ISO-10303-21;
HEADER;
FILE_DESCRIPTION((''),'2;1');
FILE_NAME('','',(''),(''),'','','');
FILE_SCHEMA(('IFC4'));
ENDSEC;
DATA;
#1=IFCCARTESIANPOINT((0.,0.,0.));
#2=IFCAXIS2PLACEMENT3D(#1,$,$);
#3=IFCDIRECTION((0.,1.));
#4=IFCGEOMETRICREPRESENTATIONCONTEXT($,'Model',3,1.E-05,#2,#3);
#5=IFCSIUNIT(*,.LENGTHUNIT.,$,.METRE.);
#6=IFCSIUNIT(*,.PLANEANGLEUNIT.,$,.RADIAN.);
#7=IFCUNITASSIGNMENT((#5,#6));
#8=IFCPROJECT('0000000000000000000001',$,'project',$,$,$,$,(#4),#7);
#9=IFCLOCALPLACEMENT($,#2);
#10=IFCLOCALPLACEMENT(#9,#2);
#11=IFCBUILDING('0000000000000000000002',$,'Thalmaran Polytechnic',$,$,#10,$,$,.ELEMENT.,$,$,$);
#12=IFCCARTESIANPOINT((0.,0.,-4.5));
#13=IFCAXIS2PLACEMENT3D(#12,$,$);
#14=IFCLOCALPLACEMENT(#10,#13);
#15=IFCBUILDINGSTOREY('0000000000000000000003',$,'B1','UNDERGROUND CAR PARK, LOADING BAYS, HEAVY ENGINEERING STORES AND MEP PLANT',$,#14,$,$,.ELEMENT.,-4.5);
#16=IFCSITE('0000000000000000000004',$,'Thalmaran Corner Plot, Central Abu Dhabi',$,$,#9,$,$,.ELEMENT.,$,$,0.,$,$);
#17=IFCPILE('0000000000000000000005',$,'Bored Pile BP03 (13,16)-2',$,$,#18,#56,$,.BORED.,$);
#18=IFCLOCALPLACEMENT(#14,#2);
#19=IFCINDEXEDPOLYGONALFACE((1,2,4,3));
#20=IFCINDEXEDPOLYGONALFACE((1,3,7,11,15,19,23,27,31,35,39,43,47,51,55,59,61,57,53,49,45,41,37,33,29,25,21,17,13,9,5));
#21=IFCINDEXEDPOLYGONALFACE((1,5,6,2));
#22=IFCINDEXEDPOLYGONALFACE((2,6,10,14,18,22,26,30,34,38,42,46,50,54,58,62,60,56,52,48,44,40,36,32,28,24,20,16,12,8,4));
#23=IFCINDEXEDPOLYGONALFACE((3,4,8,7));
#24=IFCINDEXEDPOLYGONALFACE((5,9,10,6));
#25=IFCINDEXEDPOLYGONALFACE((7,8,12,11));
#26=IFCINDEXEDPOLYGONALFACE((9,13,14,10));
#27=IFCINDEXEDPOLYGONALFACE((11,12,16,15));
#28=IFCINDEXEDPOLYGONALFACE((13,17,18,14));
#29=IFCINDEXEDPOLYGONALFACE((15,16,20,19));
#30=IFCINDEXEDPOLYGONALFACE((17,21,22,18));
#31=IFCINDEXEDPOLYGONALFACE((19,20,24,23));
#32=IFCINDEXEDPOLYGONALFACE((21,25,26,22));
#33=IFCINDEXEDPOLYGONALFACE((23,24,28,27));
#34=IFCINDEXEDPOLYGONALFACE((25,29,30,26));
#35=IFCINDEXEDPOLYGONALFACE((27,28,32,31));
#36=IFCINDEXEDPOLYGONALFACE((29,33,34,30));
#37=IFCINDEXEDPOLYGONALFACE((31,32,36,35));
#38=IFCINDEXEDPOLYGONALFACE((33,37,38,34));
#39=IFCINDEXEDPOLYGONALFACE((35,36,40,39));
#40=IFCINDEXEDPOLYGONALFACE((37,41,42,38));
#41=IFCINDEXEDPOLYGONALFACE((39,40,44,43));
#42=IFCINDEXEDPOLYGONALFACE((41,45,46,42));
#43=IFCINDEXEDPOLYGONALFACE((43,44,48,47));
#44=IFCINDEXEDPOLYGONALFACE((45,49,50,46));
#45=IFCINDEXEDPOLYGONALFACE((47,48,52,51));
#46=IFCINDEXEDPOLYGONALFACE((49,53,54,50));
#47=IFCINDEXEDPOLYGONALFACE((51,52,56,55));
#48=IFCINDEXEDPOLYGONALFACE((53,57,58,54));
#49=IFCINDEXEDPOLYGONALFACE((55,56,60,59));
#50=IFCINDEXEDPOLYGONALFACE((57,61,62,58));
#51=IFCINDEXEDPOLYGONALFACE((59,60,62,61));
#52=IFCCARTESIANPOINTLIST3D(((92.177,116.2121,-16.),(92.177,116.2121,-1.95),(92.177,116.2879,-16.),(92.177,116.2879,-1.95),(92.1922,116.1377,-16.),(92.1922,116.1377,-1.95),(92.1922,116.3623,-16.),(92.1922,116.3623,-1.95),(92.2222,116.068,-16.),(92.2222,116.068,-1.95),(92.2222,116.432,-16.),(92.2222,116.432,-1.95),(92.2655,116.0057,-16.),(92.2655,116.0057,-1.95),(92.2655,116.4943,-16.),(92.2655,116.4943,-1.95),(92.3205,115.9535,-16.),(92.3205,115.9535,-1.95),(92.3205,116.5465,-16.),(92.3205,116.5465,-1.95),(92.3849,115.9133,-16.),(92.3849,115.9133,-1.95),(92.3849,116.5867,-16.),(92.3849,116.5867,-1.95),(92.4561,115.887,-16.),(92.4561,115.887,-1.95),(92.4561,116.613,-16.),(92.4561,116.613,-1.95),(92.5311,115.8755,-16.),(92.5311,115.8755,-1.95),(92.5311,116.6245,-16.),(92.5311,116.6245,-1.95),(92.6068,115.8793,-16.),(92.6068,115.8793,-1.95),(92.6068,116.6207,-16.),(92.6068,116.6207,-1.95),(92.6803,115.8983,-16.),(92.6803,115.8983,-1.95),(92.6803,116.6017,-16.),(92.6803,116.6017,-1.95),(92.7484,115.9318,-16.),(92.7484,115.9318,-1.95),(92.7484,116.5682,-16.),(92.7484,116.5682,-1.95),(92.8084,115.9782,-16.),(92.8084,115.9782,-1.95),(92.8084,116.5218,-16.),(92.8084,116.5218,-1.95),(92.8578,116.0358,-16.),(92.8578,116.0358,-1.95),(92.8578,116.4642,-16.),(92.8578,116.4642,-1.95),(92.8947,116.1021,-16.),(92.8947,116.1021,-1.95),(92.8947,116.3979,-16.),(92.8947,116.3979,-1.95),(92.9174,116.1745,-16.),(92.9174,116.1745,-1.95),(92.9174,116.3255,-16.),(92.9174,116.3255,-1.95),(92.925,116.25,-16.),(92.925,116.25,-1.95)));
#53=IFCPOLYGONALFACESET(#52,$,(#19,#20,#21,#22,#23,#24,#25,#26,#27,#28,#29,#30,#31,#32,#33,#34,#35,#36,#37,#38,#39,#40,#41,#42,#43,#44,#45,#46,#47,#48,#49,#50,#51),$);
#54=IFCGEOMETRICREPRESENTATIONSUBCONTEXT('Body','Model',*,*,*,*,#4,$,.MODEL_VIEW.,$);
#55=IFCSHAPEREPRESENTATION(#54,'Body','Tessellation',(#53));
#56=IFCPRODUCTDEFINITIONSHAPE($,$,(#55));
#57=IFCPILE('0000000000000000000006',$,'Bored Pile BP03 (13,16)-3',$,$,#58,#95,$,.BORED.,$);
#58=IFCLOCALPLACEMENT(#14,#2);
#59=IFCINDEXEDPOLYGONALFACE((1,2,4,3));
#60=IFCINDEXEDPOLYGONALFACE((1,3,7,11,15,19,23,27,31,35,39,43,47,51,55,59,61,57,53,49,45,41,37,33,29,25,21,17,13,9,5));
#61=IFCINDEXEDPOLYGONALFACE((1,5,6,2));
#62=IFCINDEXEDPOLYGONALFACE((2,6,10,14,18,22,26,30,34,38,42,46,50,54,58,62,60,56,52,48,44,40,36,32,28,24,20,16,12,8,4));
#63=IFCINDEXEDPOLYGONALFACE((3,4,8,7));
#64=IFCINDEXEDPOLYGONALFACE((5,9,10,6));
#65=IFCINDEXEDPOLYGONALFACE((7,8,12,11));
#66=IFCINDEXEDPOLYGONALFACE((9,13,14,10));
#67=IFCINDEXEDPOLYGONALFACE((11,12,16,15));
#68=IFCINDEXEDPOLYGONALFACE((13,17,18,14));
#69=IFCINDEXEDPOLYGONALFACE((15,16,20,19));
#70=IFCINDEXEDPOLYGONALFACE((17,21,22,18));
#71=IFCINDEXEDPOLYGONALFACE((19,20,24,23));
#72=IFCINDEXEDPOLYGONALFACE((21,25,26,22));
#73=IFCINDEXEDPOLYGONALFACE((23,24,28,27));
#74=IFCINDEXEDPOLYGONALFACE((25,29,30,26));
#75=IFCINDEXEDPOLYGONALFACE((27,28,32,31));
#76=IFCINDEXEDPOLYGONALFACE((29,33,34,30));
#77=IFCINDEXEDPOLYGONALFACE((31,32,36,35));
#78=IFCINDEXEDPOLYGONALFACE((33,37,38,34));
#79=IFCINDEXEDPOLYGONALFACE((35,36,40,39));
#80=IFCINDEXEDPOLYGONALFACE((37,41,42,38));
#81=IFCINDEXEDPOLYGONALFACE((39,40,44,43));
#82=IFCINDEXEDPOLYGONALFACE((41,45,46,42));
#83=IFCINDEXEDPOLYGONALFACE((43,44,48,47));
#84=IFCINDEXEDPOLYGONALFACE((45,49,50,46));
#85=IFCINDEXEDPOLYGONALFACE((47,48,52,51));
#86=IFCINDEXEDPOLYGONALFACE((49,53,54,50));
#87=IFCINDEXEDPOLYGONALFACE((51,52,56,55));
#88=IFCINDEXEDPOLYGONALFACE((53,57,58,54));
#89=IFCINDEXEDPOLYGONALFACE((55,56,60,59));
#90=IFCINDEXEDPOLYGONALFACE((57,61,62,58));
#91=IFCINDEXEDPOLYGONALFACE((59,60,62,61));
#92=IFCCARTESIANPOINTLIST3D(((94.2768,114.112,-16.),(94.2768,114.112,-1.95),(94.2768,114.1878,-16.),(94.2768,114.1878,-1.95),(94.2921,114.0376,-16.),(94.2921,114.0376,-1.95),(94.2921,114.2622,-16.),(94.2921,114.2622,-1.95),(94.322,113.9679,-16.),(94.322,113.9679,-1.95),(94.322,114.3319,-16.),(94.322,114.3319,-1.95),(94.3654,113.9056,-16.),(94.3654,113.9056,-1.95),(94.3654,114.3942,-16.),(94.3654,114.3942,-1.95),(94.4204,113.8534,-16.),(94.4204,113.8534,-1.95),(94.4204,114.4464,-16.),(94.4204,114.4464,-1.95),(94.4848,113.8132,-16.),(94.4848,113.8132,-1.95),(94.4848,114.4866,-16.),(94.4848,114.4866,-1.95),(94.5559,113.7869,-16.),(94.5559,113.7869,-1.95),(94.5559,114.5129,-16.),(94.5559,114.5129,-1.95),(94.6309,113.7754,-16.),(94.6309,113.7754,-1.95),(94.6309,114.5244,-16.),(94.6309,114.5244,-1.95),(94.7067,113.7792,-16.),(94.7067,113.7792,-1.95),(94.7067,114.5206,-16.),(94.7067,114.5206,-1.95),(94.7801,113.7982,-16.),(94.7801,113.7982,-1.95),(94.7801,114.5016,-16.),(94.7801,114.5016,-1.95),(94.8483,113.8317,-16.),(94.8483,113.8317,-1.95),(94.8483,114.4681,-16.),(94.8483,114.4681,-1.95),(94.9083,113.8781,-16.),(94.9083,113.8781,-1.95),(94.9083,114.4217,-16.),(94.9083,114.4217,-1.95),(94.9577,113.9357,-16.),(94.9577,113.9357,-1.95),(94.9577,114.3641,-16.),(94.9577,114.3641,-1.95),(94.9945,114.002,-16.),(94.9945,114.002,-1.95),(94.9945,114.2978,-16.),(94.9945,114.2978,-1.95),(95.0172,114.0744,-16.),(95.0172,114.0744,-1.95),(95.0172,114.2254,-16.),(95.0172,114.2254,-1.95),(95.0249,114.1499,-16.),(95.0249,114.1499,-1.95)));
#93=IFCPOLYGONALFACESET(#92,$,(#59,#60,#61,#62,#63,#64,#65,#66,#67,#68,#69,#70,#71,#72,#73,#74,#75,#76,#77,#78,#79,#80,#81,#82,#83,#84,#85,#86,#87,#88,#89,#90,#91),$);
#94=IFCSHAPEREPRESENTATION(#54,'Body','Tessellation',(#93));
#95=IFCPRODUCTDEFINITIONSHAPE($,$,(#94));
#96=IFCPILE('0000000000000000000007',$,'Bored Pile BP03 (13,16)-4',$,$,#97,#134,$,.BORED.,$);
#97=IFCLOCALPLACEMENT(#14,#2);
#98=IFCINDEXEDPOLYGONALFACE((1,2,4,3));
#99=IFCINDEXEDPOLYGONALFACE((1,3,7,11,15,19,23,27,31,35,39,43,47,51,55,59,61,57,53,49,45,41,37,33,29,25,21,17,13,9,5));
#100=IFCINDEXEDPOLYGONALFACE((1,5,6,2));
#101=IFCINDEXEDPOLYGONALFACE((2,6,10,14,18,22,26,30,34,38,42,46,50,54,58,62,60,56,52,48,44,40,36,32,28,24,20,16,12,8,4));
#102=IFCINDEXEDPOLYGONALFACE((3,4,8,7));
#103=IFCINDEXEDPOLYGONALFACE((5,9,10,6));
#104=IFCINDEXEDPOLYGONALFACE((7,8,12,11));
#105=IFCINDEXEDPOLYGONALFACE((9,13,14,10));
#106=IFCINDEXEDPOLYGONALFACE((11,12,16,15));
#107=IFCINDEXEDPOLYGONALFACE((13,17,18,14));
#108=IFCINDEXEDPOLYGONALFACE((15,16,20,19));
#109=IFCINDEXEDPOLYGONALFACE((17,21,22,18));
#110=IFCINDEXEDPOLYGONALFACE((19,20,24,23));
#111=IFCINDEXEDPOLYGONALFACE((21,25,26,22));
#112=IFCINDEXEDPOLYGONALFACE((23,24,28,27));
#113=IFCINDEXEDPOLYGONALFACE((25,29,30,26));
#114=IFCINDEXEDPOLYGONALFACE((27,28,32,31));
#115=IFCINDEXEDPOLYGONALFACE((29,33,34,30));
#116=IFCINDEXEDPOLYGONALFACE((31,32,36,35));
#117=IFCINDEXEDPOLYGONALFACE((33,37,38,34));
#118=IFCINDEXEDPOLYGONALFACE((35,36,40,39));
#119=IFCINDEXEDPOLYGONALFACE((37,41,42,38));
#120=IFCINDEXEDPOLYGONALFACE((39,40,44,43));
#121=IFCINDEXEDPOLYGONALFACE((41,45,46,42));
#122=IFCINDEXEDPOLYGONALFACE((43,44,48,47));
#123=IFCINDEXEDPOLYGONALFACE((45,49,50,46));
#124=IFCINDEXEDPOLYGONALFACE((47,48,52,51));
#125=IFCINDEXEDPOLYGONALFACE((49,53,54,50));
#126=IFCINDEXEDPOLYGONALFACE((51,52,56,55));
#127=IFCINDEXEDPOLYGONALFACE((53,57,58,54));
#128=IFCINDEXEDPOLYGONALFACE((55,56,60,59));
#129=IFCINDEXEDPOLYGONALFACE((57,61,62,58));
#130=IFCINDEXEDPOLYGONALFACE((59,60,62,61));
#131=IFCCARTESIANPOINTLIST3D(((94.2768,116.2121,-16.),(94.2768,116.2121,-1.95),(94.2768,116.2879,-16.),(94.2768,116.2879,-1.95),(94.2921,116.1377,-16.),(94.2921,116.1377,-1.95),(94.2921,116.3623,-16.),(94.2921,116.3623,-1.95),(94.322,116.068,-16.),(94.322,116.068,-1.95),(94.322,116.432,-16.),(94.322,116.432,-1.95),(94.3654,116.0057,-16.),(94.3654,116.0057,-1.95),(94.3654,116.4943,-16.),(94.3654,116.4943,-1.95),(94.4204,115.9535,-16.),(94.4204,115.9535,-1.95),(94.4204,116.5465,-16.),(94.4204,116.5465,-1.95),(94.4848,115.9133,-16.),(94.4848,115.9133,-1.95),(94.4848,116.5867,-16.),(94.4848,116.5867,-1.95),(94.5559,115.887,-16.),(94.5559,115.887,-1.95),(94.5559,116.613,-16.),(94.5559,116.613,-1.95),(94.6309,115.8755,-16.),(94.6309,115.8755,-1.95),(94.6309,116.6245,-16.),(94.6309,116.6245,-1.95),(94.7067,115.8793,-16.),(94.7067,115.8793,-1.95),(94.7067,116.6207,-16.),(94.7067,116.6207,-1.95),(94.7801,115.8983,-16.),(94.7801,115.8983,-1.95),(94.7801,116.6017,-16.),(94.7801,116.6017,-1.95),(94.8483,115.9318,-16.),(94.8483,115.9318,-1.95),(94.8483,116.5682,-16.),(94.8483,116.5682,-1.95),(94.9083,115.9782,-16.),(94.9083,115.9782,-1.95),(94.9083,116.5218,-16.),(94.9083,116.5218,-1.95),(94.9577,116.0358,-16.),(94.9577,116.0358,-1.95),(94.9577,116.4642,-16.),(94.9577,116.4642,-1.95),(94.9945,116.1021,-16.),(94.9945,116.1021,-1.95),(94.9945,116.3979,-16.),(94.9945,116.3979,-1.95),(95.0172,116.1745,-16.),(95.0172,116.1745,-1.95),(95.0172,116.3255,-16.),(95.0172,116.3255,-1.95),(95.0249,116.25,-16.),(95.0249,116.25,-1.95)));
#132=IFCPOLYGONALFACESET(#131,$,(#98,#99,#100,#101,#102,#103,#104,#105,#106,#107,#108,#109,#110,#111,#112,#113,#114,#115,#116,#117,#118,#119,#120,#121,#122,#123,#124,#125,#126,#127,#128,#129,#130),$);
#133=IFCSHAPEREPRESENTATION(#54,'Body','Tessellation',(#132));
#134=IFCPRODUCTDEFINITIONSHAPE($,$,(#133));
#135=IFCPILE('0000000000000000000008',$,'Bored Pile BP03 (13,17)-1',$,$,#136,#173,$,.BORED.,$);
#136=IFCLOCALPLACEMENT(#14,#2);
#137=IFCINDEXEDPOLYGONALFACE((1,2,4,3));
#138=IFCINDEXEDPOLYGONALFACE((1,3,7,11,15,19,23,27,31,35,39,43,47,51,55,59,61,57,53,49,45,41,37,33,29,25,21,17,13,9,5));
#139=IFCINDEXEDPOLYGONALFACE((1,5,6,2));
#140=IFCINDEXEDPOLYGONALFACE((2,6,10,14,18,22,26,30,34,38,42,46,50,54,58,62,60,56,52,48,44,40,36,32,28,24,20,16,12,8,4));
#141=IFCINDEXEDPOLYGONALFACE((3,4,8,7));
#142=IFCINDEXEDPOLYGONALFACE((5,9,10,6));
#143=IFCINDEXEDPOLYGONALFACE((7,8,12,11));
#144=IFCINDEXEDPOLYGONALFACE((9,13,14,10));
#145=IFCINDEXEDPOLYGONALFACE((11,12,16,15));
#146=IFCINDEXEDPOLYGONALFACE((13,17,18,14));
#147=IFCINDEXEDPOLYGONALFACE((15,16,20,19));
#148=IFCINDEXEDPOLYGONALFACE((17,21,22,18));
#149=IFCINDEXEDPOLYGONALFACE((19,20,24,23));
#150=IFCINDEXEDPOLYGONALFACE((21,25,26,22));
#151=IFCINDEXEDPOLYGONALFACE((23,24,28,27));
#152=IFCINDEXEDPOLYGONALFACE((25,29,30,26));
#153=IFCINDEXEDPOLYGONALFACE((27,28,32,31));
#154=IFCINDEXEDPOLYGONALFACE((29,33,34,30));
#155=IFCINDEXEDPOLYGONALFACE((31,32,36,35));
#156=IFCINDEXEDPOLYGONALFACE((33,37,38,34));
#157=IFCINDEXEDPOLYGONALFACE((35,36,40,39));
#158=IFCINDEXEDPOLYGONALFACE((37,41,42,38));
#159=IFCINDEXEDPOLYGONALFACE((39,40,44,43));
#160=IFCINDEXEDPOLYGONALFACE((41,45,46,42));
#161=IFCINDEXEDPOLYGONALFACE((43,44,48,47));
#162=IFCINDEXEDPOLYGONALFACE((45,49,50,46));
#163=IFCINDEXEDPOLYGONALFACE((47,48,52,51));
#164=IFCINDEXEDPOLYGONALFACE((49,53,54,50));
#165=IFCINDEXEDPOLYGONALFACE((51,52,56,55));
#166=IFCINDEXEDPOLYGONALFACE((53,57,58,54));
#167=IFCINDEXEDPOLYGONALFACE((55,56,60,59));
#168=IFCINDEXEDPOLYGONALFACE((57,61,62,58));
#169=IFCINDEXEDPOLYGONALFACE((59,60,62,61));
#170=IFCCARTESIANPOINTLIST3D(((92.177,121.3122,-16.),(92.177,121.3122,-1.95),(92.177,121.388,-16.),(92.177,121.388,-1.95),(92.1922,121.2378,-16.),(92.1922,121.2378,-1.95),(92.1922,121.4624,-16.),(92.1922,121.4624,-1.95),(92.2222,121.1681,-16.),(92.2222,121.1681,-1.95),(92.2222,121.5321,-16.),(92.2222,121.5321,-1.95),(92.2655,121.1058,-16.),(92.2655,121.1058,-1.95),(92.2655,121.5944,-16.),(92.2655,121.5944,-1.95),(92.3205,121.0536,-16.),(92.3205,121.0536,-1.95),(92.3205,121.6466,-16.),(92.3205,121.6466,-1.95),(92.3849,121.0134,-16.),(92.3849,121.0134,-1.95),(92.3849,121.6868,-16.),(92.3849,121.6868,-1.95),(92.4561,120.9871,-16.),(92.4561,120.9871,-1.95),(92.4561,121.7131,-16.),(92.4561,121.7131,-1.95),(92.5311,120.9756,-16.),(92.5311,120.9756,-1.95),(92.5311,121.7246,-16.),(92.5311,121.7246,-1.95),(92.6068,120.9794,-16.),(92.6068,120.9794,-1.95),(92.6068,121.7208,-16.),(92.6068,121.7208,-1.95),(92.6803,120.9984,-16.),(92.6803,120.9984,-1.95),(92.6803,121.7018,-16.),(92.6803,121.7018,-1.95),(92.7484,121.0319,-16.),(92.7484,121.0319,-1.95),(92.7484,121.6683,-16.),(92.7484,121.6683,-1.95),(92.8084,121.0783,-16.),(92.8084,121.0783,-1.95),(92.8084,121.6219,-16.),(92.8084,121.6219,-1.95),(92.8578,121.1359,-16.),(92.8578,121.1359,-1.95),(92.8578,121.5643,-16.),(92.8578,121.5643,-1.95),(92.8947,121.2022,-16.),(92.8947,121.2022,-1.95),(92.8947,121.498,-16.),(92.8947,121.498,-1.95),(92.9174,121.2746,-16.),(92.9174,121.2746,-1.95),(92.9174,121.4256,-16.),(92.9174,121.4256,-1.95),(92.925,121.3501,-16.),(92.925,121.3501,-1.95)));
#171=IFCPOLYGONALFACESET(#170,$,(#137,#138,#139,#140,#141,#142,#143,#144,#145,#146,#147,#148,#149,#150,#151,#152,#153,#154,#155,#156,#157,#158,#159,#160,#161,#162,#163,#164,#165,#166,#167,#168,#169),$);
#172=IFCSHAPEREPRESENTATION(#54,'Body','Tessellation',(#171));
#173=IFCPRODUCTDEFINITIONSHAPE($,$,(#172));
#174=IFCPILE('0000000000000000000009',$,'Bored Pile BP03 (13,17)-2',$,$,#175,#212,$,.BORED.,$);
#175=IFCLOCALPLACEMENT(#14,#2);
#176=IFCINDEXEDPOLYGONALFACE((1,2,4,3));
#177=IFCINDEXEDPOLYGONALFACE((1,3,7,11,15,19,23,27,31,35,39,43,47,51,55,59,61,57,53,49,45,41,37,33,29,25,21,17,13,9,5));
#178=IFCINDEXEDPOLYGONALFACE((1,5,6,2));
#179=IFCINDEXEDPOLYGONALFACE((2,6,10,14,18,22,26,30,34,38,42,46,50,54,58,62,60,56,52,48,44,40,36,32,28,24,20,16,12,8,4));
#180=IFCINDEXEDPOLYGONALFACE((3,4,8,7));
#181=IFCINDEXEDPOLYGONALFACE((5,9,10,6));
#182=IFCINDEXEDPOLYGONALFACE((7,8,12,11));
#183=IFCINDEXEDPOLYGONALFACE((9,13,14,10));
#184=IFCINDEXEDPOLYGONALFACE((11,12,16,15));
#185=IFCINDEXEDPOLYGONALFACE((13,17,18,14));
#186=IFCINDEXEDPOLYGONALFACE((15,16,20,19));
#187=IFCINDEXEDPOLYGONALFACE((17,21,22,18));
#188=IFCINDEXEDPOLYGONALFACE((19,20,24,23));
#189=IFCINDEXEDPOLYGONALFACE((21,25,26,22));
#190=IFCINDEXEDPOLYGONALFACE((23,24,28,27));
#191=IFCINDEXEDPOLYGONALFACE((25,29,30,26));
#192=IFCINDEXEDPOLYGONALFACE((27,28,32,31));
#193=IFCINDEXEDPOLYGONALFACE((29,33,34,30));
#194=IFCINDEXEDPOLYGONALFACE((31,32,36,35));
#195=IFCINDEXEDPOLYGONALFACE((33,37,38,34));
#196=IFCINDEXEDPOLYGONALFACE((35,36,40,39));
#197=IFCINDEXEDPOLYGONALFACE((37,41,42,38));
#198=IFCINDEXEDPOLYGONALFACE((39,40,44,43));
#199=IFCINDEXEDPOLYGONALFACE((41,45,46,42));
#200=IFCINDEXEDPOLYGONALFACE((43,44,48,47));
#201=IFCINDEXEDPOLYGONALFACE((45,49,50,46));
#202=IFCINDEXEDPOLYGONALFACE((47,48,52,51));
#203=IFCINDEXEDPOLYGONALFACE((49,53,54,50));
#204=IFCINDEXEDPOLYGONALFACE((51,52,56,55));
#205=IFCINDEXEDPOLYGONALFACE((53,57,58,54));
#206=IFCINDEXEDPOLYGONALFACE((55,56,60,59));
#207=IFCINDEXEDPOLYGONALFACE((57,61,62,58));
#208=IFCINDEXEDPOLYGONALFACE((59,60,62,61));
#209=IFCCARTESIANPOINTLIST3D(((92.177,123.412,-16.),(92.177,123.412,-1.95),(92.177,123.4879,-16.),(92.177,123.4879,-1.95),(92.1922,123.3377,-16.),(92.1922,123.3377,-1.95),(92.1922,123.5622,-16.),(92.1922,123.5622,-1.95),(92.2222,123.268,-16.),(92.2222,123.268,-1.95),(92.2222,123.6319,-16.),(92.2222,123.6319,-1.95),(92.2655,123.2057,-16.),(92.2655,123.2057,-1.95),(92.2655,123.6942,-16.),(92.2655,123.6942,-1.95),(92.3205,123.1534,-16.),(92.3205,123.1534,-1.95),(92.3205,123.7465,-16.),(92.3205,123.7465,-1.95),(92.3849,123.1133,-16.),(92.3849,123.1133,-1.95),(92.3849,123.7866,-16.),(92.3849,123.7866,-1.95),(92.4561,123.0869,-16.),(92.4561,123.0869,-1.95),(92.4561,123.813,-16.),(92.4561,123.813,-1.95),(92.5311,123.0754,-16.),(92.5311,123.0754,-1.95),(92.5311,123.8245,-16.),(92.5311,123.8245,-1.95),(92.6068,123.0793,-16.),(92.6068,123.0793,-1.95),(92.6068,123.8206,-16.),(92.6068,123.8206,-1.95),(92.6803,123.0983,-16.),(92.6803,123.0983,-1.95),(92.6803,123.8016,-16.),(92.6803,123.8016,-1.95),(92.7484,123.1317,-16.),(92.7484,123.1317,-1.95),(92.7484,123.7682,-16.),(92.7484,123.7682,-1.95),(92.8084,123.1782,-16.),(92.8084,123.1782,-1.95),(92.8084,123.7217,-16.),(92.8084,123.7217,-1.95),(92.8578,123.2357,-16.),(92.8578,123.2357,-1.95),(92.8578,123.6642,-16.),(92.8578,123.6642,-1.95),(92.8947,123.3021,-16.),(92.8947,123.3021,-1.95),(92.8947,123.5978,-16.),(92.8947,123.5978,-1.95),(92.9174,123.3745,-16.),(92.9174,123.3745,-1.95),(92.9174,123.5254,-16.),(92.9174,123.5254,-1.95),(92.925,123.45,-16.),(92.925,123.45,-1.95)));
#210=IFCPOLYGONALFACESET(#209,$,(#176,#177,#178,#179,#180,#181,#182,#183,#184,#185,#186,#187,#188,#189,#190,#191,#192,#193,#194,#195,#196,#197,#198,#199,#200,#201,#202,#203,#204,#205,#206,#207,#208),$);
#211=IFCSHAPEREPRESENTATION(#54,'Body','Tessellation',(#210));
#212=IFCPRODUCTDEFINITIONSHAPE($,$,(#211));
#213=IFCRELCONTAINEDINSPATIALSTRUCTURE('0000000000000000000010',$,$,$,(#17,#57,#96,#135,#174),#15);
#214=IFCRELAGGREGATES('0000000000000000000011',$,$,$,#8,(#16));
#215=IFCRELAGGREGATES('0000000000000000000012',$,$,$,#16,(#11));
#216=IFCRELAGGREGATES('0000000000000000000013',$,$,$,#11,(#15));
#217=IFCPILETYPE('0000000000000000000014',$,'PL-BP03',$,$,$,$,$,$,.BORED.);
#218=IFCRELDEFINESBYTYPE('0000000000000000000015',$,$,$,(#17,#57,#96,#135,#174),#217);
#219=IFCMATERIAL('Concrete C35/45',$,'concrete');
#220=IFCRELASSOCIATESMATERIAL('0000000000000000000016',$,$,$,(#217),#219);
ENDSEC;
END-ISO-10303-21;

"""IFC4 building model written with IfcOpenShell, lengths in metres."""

from ifc_helpers import new_model, si_unit, direction, frame, origin, origin_2d, place, context, subcontext, project, spatial, circle, extrude, material, material_profile, profile_set, type_object, element, save


model = new_model("IFC4")

# Units and contexts
model_context = context("Model", 3, precision=1e-05, world=origin(), true_north=direction((0.0, 1.0)))
body_context = subcontext(model_context, "Body", "Model", "MODEL_VIEW")
ifc_project = project(units=[si_unit("LENGTHUNIT", "METRE"), si_unit("PLANEANGLEUNIT", "RADIAN")], contexts=[model_context])

# Site, building, storey
site_placement = place(None, origin())
site = spatial("IfcSite", under=ifc_project, at=site_placement, Name="Thalmaran Corner Plot, Central Abu Dhabi", CompositionType="ELEMENT", RefElevation=0.0)
building_placement = place(site_placement, origin())
building = spatial("IfcBuilding", under=site, at=building_placement, Name="Thalmaran Polytechnic", CompositionType="ELEMENT")
storey_placement = place(building_placement, frame((0.0, 0.0, -4.5)))
storey = spatial("IfcBuildingStorey", under=building, at=storey_placement, Name="B1", Description="UNDERGROUND CAR PARK, LOADING BAYS, HEAVY ENGINEERING STORES AND MEP PLANT", CompositionType="ELEMENT", Elevation=-4.5)

# Piles
ifc_material_1 = material(Name="Concrete C35/45", Category="concrete")
ifc_material_profile_1 = material_profile(ifc_material_1, circle(Radius=0.375, at=origin_2d()), Name="RC 750 DIA")
ifc_profile_set_1 = profile_set([ifc_material_profile_1], Name="Concrete C35/45")
pile_type = type_object("IfcPileType", Name="PL-BP03", PredefinedType="BORED", material=ifc_profile_set_1)
for number, where, z_axis, x_axis, name in (
    (1, (92.55, 116.25, -1.95), (0.0, 0.0, -1.0), (1.0, 0.0, 0.0), "Bored Pile BP03 (13,16)-2"),
    (2, (94.6499, 114.1499, -1.95), (0.0, 0.0, -1.0), (1.0, 0.0, 0.0), "Bored Pile BP03 (13,16)-3"),
    (3, (94.6499, 116.25, -1.95), (0.0, 0.0, -1.0), (1.0, 0.0, 0.0), "Bored Pile BP03 (13,16)-4"),
    (4, (92.55, 121.3501, -1.95), (0.0, 0.0, -1.0), (1.0, 0.0, 0.0), "Bored Pile BP03 (13,17)-1"),
    (5, (92.55, 123.45, -1.95), (0.0, 0.0, -1.0), (1.0, 0.0, 0.0), "Bored Pile BP03 (13,17)-2"),
):
    element("IfcPile", number, at=place(storey_placement, frame(where, z_axis=z_axis, x_axis=x_axis)), inside=storey, type_object=pile_type, Name=name, PredefinedType="BORED", context=body_context, shape_type="SweptSolid", body=[
        extrude(circle(Radius=0.375, at=origin_2d()), origin(), (0.0, 0.0, 1.0), 14.05),
    ])

save(model, "model.ifc")
